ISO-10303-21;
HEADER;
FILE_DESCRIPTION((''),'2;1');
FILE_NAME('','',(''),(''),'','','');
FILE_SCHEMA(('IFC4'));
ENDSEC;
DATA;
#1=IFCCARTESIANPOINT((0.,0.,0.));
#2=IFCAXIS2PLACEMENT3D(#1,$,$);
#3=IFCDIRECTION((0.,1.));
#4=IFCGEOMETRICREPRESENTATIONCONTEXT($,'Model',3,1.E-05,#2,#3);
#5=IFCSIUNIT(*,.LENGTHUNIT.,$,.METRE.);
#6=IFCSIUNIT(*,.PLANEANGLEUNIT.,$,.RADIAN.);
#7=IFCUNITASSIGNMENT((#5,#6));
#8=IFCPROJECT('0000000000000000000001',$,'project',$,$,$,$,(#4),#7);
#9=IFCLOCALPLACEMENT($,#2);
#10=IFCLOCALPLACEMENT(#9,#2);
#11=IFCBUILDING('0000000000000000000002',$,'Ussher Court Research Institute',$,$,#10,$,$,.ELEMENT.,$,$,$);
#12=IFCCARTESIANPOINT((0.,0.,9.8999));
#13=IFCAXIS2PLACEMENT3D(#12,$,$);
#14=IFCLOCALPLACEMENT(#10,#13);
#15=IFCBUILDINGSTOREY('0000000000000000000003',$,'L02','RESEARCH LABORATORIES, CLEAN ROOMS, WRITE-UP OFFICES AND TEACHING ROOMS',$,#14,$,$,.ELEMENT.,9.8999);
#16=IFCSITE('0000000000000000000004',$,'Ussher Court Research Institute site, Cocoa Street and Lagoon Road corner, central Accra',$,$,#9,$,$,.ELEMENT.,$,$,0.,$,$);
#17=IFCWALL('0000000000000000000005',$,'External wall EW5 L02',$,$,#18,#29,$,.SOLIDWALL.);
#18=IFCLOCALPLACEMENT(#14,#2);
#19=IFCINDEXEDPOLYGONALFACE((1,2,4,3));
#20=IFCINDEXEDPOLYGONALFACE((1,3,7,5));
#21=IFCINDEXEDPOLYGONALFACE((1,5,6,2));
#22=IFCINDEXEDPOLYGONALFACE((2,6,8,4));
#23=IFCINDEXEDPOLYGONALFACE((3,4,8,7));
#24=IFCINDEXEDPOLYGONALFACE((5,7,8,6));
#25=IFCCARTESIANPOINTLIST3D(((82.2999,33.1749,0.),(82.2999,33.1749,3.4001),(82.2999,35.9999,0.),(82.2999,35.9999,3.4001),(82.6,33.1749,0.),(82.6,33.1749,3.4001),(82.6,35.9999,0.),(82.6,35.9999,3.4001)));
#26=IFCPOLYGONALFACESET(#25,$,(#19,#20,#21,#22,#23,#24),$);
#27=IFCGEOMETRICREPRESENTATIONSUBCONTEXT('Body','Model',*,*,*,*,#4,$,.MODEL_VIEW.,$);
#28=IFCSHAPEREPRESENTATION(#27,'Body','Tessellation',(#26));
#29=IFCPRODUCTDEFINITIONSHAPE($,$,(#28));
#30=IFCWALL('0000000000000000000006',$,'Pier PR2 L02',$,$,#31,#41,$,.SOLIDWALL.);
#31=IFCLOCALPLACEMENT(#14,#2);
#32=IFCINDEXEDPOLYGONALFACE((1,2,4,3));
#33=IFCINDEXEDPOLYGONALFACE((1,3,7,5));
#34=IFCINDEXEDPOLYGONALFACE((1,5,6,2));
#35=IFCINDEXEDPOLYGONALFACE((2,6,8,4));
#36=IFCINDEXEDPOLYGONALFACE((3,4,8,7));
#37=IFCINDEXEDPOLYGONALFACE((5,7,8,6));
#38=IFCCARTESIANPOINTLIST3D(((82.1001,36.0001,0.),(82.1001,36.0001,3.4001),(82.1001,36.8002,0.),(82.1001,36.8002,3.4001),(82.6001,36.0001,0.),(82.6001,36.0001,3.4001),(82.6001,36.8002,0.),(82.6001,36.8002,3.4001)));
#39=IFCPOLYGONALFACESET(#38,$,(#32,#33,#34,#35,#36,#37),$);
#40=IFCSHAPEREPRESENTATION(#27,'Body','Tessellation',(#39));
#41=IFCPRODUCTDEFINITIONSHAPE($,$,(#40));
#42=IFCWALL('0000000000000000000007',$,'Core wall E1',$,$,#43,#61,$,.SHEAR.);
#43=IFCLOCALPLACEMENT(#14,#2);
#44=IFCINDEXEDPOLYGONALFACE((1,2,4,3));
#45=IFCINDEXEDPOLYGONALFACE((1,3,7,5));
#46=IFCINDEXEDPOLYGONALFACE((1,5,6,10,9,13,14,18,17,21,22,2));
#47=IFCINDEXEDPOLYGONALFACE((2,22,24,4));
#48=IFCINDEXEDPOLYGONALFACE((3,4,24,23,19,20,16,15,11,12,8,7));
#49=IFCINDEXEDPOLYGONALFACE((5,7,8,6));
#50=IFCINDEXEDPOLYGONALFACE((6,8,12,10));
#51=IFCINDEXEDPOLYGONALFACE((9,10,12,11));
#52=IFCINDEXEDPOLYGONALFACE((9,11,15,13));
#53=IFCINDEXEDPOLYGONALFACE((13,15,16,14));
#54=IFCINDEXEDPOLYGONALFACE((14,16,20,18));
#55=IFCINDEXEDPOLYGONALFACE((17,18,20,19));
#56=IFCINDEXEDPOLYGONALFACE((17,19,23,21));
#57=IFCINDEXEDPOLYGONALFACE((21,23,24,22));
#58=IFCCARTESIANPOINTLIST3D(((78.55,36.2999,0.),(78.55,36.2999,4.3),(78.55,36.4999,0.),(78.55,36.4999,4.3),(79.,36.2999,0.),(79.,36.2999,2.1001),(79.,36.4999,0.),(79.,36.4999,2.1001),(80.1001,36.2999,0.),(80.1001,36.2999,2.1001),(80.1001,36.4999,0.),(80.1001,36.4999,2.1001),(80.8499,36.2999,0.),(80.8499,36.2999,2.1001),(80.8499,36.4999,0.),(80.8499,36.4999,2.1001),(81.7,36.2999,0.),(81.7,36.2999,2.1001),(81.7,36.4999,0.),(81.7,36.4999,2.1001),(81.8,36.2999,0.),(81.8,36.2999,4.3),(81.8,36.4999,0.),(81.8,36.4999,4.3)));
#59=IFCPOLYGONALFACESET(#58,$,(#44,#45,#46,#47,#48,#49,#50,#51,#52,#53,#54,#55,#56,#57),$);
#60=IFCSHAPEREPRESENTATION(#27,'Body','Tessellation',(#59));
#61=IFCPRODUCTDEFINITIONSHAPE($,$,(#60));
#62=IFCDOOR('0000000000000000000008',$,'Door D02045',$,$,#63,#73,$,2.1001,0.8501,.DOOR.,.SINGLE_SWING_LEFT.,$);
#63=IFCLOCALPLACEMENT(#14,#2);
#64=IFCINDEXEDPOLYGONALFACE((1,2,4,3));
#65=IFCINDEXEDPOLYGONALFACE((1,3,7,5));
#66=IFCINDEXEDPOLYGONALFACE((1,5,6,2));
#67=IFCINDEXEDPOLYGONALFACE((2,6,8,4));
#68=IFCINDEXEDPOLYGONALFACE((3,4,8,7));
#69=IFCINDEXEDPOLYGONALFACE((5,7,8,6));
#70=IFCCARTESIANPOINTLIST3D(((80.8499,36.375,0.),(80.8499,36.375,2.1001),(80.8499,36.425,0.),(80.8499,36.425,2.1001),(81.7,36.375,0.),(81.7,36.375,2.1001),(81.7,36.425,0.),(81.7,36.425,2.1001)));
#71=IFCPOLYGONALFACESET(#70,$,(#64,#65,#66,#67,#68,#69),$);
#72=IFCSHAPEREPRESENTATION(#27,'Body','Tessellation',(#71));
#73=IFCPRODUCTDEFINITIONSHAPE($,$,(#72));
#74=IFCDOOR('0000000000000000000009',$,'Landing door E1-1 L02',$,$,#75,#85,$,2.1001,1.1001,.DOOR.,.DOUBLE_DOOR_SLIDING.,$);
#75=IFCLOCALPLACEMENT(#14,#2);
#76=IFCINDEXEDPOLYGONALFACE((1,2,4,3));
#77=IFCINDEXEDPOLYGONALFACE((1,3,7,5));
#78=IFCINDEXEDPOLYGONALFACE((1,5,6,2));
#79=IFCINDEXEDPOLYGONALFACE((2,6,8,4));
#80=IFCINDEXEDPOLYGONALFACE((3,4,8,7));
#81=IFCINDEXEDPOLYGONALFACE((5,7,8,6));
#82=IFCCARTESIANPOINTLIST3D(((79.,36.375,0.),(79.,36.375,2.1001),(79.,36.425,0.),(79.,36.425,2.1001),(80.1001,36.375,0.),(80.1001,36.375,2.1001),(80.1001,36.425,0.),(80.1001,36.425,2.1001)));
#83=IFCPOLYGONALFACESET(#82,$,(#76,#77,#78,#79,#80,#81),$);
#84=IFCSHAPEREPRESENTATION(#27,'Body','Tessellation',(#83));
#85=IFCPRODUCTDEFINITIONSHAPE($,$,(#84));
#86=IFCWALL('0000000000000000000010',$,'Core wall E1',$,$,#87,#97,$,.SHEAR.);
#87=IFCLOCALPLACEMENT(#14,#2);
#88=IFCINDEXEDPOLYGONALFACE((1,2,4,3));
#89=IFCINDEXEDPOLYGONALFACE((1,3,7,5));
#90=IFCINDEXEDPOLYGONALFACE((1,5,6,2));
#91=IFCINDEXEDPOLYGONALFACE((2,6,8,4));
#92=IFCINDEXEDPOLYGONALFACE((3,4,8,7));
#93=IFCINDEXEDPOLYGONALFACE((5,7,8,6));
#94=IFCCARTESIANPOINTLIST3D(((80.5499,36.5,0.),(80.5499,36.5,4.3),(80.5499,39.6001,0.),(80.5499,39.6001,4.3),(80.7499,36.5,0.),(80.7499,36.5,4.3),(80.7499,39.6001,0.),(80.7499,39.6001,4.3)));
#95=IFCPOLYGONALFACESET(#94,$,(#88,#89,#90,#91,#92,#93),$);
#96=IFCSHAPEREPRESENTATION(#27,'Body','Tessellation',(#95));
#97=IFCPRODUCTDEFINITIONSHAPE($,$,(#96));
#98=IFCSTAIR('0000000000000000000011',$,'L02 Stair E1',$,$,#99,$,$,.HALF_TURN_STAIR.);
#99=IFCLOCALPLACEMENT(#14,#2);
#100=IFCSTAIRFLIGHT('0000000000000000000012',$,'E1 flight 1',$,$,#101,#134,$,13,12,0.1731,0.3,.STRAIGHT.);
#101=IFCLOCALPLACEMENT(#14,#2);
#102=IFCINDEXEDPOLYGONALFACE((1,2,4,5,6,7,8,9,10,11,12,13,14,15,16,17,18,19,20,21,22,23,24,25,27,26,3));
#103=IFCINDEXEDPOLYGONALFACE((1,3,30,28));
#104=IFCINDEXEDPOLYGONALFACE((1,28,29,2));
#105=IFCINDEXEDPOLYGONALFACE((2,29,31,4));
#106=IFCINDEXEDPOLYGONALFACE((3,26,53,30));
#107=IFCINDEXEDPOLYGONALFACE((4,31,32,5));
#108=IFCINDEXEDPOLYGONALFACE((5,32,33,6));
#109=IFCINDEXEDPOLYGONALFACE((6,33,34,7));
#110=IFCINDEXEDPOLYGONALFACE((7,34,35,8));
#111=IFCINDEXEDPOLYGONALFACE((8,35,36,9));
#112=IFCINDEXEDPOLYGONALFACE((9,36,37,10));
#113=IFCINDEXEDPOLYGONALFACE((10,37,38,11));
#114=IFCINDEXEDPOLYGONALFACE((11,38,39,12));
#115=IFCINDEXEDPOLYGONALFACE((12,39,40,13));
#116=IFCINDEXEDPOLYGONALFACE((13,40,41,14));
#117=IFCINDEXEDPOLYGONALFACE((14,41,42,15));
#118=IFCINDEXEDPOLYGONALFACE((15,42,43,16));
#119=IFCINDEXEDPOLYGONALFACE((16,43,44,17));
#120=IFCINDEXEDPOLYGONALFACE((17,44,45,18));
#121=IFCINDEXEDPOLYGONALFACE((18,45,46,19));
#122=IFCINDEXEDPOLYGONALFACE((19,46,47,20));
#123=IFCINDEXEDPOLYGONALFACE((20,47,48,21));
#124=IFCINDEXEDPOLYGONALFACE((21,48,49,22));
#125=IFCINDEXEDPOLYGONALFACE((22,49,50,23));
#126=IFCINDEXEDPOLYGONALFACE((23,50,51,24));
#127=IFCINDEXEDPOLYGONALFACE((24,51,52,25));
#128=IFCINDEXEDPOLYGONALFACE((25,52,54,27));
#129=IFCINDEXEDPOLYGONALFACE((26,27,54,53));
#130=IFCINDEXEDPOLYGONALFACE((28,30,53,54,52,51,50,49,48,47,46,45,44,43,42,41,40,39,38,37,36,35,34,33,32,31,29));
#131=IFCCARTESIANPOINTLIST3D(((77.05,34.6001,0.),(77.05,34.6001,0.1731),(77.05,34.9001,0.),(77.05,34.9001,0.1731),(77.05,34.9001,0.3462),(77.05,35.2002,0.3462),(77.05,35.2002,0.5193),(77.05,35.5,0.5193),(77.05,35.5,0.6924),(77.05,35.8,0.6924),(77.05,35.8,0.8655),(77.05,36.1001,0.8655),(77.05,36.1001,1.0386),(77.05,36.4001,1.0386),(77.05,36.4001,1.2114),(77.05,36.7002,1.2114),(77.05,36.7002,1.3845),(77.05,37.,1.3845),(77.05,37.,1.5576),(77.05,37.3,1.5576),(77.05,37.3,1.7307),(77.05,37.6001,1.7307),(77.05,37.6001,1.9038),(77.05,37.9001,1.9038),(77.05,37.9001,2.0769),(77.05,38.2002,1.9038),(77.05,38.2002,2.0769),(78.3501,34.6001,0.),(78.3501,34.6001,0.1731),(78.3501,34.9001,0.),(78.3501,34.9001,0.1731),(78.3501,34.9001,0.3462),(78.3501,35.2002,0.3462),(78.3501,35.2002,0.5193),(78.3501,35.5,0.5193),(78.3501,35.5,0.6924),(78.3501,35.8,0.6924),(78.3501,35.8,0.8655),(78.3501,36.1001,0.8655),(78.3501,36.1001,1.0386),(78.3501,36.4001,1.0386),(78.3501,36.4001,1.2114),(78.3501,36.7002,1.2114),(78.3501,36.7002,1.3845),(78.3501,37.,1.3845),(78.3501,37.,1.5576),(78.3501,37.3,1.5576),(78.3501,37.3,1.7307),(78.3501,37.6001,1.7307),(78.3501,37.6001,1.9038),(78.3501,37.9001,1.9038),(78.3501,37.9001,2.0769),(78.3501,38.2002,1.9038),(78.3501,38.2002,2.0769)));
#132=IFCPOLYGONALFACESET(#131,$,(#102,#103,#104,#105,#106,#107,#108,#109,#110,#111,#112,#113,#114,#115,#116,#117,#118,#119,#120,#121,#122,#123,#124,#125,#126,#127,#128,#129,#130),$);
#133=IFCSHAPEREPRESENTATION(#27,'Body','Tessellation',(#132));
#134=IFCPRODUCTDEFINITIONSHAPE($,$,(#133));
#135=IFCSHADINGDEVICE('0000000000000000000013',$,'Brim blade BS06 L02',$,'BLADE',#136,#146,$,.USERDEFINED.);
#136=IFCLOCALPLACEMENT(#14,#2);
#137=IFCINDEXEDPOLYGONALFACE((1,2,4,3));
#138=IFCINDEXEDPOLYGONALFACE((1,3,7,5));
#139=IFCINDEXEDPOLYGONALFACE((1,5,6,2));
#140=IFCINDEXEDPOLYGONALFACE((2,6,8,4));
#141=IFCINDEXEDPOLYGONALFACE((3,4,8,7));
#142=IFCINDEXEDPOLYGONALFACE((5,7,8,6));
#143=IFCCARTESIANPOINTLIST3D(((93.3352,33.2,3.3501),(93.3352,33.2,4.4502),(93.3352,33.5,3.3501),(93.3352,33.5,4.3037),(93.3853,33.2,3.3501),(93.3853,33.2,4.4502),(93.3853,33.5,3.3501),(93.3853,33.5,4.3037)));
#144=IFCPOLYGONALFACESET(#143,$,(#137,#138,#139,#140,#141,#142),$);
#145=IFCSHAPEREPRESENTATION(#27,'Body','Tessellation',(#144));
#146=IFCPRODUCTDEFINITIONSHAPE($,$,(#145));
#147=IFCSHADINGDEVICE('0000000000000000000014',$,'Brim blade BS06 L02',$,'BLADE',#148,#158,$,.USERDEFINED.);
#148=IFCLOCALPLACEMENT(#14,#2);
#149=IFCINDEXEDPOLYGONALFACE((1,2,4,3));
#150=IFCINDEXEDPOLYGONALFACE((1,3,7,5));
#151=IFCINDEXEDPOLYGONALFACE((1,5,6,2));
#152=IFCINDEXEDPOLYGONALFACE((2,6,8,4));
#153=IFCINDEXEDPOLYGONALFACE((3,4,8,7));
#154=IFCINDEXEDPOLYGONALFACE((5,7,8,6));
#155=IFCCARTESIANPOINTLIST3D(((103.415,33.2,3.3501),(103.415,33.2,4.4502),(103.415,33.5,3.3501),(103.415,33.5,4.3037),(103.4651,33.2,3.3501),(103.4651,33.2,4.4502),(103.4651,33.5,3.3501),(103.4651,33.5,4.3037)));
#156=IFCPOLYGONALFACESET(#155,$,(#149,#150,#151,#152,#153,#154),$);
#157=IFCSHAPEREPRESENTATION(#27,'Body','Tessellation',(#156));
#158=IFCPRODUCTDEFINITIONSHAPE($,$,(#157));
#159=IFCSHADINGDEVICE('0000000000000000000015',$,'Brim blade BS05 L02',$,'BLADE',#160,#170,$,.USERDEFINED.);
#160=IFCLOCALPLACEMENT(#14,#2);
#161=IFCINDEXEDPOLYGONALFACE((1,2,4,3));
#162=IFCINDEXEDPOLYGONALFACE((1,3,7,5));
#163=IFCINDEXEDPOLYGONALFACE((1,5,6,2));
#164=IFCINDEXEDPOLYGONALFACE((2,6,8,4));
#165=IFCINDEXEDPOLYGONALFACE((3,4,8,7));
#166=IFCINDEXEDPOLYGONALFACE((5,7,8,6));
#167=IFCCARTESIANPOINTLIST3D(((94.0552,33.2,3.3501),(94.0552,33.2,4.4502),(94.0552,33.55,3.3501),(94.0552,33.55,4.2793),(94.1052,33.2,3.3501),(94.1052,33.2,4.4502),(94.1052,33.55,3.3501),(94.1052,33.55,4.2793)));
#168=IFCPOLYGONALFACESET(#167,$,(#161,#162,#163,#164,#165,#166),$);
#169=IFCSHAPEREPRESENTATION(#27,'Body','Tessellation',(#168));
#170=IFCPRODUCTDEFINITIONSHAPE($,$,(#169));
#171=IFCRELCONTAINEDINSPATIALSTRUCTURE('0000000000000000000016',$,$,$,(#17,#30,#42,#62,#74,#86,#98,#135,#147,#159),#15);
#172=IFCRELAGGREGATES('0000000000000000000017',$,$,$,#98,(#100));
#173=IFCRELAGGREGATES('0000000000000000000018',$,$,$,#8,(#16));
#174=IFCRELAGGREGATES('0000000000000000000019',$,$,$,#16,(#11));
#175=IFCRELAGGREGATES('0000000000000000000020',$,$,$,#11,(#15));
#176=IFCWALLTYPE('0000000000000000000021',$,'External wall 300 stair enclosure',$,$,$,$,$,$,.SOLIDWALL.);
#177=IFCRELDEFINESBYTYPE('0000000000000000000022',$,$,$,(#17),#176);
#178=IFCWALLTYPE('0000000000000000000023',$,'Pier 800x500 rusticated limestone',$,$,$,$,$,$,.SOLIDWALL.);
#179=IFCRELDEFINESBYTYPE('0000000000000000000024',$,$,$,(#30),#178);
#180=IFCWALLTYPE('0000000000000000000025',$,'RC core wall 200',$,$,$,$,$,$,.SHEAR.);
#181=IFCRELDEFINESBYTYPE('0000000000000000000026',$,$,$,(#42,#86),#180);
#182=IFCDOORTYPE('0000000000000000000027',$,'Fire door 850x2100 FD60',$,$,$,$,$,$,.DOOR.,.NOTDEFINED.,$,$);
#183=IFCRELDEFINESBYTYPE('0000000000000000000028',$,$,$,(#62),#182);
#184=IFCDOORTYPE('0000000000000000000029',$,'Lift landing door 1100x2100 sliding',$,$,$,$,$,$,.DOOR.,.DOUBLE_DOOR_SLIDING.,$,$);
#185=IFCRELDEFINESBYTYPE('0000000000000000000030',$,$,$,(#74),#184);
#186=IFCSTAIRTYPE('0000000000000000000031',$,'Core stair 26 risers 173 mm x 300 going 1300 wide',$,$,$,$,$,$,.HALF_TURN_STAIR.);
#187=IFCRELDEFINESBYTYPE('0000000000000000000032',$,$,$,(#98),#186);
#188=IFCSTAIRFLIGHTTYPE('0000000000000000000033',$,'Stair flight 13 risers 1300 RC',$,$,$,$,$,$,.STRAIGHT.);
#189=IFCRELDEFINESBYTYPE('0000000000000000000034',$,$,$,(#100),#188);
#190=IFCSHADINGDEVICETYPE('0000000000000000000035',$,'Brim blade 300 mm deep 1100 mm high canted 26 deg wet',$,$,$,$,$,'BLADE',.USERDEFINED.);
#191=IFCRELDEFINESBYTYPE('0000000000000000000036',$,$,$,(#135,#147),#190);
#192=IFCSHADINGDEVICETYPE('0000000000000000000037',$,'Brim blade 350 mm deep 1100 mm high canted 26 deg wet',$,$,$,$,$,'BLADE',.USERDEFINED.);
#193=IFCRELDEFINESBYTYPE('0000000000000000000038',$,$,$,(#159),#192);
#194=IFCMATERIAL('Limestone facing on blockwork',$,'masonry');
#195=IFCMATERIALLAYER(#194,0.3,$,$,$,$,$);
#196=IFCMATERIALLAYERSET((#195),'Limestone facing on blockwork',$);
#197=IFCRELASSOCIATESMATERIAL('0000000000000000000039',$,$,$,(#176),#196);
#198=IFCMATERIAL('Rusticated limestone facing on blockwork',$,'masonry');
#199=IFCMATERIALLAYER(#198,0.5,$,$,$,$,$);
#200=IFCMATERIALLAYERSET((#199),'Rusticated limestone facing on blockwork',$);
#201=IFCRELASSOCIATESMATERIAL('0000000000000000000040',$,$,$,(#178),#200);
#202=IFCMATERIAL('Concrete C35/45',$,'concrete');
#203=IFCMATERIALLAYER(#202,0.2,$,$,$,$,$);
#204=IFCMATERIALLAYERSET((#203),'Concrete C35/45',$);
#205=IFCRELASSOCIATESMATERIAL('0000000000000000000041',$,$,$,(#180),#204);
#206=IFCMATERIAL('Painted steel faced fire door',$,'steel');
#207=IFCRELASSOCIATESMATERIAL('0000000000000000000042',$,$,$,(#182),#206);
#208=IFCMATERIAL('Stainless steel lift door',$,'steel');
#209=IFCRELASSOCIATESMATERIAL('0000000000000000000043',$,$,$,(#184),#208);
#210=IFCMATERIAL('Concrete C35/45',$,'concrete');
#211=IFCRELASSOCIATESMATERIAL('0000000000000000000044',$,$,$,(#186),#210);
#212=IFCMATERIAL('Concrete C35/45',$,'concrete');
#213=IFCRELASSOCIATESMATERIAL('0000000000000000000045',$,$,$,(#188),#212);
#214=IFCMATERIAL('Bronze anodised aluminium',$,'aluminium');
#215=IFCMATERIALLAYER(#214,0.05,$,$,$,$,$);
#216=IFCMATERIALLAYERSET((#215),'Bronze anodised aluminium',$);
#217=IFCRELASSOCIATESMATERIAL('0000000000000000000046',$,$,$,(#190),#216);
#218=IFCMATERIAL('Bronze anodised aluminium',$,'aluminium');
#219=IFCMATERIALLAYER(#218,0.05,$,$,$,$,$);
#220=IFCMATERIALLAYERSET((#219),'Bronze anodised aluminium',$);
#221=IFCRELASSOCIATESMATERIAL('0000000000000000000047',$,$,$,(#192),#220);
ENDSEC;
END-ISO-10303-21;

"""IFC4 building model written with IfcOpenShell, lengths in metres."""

from ifc_helpers import new_model, si_unit, direction, frame, frame_2d, origin, place, context, subcontext, project, spatial, polyline, rectangle, outline, extrude, material, layer, layer_set, type_object, element, fill, aggregate, save


model = new_model("IFC4")

# Units and contexts
model_context = context("Model", 3, precision=1e-05, world=origin(), true_north=direction((0.0, 1.0)))
body_context = subcontext(model_context, "Body", "Model", "MODEL_VIEW")
ifc_project = project(units=[si_unit("LENGTHUNIT", "METRE"), si_unit("PLANEANGLEUNIT", "RADIAN")], contexts=[model_context])

# Site, building, storey
site_placement = place(None, origin())
site = spatial("IfcSite", under=ifc_project, at=site_placement, Name="Ussher Court Research Institute site, Cocoa Street and Lagoon Road corner, central Accra", CompositionType="ELEMENT", RefElevation=0.0)
building_placement = place(site_placement, origin())
building = spatial("IfcBuilding", under=site, at=building_placement, Name="Ussher Court Research Institute", CompositionType="ELEMENT")
storey_placement = place(building_placement, frame((0.0, 0.0, 9.8999)))
storey = spatial("IfcBuildingStorey", under=building, at=storey_placement, Name="L02", Description="RESEARCH LABORATORIES, CLEAN ROOMS, WRITE-UP OFFICES AND TEACHING ROOMS", CompositionType="ELEMENT", Elevation=9.8999)

# Walls
ifc_material_1 = material(Name="Limestone facing on blockwork", Category="masonry")
ifc_layer_1 = layer(ifc_material_1, 0.3)
ifc_layer_set_1 = layer_set([ifc_layer_1], Name="Limestone facing on blockwork")
wall_type_1 = type_object("IfcWallType", Name="External wall 300 stair enclosure", PredefinedType="SOLIDWALL", material=ifc_layer_set_1)
wall_1_placement = place(storey_placement, frame((82.45, 36.0, 0.0), z_axis=(0.0, 0.0, 1.0), x_axis=(0.0, -1.0, 0.0)))
element("IfcWall", 1, at=wall_1_placement, inside=storey, type_object=wall_type_1, Name="External wall EW5 L02", PredefinedType="SOLIDWALL", context=body_context, shape_type="SweptSolid", body=[
    extrude(rectangle(XDim=2.825, YDim=0.3, at=frame_2d((1.4126, 0.0))), origin(), (0.0, 0.0, 1.0), 3.4001),
])
ifc_material_2 = material(Name="Rusticated limestone facing on blockwork", Category="masonry")
ifc_layer_2 = layer(ifc_material_2, 0.5)
ifc_layer_set_2 = layer_set([ifc_layer_2], Name="Rusticated limestone facing on blockwork")
wall_type_2 = type_object("IfcWallType", Name="Pier 800x500 rusticated limestone", PredefinedType="SOLIDWALL", material=ifc_layer_set_2)
wall_2_placement = place(storey_placement, frame((82.3501, 36.8, 0.0), z_axis=(0.0, 0.0, 1.0), x_axis=(0.0, -1.0, 0.0)))
element("IfcWall", 2, at=wall_2_placement, inside=storey, type_object=wall_type_2, Name="Pier PR2 L02", PredefinedType="SOLIDWALL", context=body_context, shape_type="SweptSolid", body=[
    extrude(rectangle(XDim=0.8, YDim=0.5, at=frame_2d((0.3999, 0.0))), origin(), (0.0, 0.0, 1.0), 3.4001),
])

# Wall, openings, doors
ifc_material_3 = material(Name="Concrete C35/45", Category="concrete")
ifc_layer_3 = layer(ifc_material_3, 0.2)
ifc_layer_set_3 = layer_set([ifc_layer_3], Name="Concrete C35/45")
wall_type_3 = type_object("IfcWallType", Name="RC core wall 200", PredefinedType="SHEAR", material=ifc_layer_set_3)
wall_3_placement = place(storey_placement, frame((81.8, 36.3999, 0.0), z_axis=(0.0, 0.0, 1.0), x_axis=(-1.0, 0.0, 0.0)))
wall_3 = element("IfcWall", 3, at=wall_3_placement, inside=storey, type_object=wall_type_3, Name="Core wall E1", PredefinedType="SHEAR", context=body_context, shape_type="SweptSolid", body=[
    extrude(rectangle(XDim=3.25, YDim=0.2, at=frame_2d((1.625, 0.0))), origin(), (0.0, 0.0, 1.0), 4.3),
])
opening_1_placement = place(wall_3_placement, frame((1.7, 0.0, 0.0)))
opening_1 = element("IfcOpeningElement", 4, at=opening_1_placement, cuts=wall_3, PredefinedType="OPENING", context=body_context, shape_type="SweptSolid", body=[
    extrude(rectangle(XDim=1.1001, YDim=2.1001, at=frame_2d((0.55, 1.05))), frame((0.0, 0.1099, 0.0), z_axis=(0.0, -1.0, 0.0), x_axis=(1.0, 0.0, 0.0)), (0.0, 0.0, 1.0), 0.22),
])
opening_2_placement = place(wall_3_placement, frame((0.1001, 0.0, 0.0)))
opening_2 = element("IfcOpeningElement", 5, at=opening_2_placement, cuts=wall_3, PredefinedType="OPENING", context=body_context, shape_type="SweptSolid", body=[
    extrude(rectangle(XDim=0.8501, YDim=2.1001, at=frame_2d((0.425, 1.05))), frame((0.0, 0.1099, 0.0), z_axis=(0.0, -1.0, 0.0), x_axis=(1.0, 0.0, 0.0)), (0.0, 0.0, 1.0), 0.22),
])
ifc_material_4 = material(Name="Painted steel faced fire door", Category="steel")
door_type_1 = type_object("IfcDoorType", Name="Fire door 850x2100 FD60", OperationType="NOTDEFINED", PredefinedType="DOOR", material=ifc_material_4)
door_1_placement = place(opening_2_placement, origin())
door_1 = element("IfcDoor", 6, at=door_1_placement, inside=storey, type_object=door_type_1, Name="Door D02045", OperationType="SINGLE_SWING_LEFT", OverallHeight=2.1001, OverallWidth=0.8501, PredefinedType="DOOR", context=body_context, shape_type="SweptSolid", body=[
    extrude(rectangle(XDim=0.8501, YDim=2.1001, at=frame_2d((0.425, 1.05))), frame((0.0, 0.0249, 0.0), z_axis=(0.0, -1.0, 0.0), x_axis=(1.0, 0.0, 0.0)), (0.0, 0.0, 1.0), 0.05),
])
fill(opening_2, door_1)
ifc_material_5 = material(Name="Stainless steel lift door", Category="steel")
door_type_2 = type_object("IfcDoorType", Name="Lift landing door 1100x2100 sliding", OperationType="DOUBLE_DOOR_SLIDING", PredefinedType="DOOR", material=ifc_material_5)
door_2_placement = place(opening_1_placement, origin())
door_2 = element("IfcDoor", 7, at=door_2_placement, inside=storey, type_object=door_type_2, Name="Landing door E1-1 L02", OperationType="DOUBLE_DOOR_SLIDING", OverallHeight=2.1001, OverallWidth=1.1001, PredefinedType="DOOR", context=body_context, shape_type="SweptSolid", body=[
    extrude(rectangle(XDim=1.1001, YDim=2.1001, at=frame_2d((0.55, 1.05))), frame((0.0, 0.0249, 0.0), z_axis=(0.0, -1.0, 0.0), x_axis=(1.0, 0.0, 0.0)), (0.0, 0.0, 1.0), 0.05),
])
fill(opening_1, door_2)

# Wall
wall_4_placement = place(storey_placement, frame((80.6499, 36.5, 0.0), z_axis=(0.0, 0.0, 1.0), x_axis=(0.0, 1.0, 0.0)))
element("IfcWall", 8, at=wall_4_placement, inside=storey, type_object=wall_type_3, Name="Core wall E1", PredefinedType="SHEAR", context=body_context, shape_type="SweptSolid", body=[
    extrude(rectangle(XDim=3.1001, YDim=0.2, at=frame_2d((1.55, 0.0))), origin(), (0.0, 0.0, 1.0), 4.3),
])

# Stair, stair flight
ifc_material_6 = material(Name="Concrete C35/45", Category="concrete")
stair_type = type_object("IfcStairType", Name="Core stair 26 risers 173 mm x 300 going 1300 wide", PredefinedType="HALF_TURN_STAIR", material=ifc_material_6)
stair_placement = place(storey_placement, origin())
stair = element("IfcStair", 9, at=stair_placement, inside=storey, type_object=stair_type, Name="L02 Stair E1", PredefinedType="HALF_TURN_STAIR")
ifc_material_7 = material(Name="Concrete C35/45", Category="concrete")
stair_flight_type = type_object("IfcStairFlightType", Name="Stair flight 13 risers 1300 RC", PredefinedType="STRAIGHT", material=ifc_material_7)
stair_flight_placement = place(storey_placement, frame((77.7, 34.6001, 0.0), z_axis=(0.0, 0.0, 1.0), x_axis=(0.0, 1.0, 0.0)))
stair_flight = element("IfcStairFlight", 10, at=stair_flight_placement, type_object=stair_flight_type, Name="E1 flight 1", NumberOfRisers=13, NumberOfTreads=12, PredefinedType="STRAIGHT", RiserHeight=0.1731, TreadLength=0.3, context=body_context, shape_type="SweptSolid", body=[
    extrude(outline(polyline([(0.0, 0.0), (0.0, 0.1731), (0.3, 0.1731), (0.3, 0.3462), (0.6001, 0.3462), (0.6001, 0.5193), (0.8999, 0.5193), (0.8999, 0.6924), (1.2, 0.6924), (1.2, 0.8655), (1.5, 0.8655), (1.5, 1.0386), (1.8, 1.0386), (1.8, 1.2114), (2.1001, 1.2114), (2.1001, 1.3845), (2.3999, 1.3845), (2.3999, 1.5576), (2.7, 1.5576), (2.7, 1.7307), (3.0, 1.7307), (3.0, 1.9038), (3.3, 1.9038), (3.3, 2.0769), (3.6001, 2.0769), (3.6001, 2.25), (3.6001, 1.9038), (0.3, 0.0), (0.0, 0.0)])), frame((0.0, 0.6499, 0.0), z_axis=(0.0, -1.0, 0.0), x_axis=(1.0, 0.0, 0.0)), (0.0, 0.0, 1.0), 1.3),
])
aggregate(stair, [stair_flight])

# Shading devices
ifc_material_8 = material(Name="Bronze anodised aluminium", Category="aluminium")
ifc_layer_4 = layer(ifc_material_8, 0.05)
ifc_layer_set_4 = layer_set([ifc_layer_4], Name="Bronze anodised aluminium")
shading_device_type_1 = type_object("IfcShadingDeviceType", Name="Brim blade 300 mm deep 1100 mm high canted 26 deg wet", ElementType="BLADE", PredefinedType="USERDEFINED", material=ifc_layer_set_4)
for number, where, z_axis, x_axis, name in (
    (11, (93.3601, 33.2, 3.3501), (0.0, 0.0, 1.0), (0.0, 1.0, 0.0), "Brim blade BS06 L02"),
    (12, (103.4399, 33.2, 3.3501), (0.0, 0.0, 1.0), (0.0, 1.0, 0.0), "Brim blade BS06 L02"),
):
    element("IfcShadingDevice", number, at=place(storey_placement, frame(where, z_axis=z_axis, x_axis=x_axis)), inside=storey, type_object=shading_device_type_1, Name=name, ObjectType="BLADE", PredefinedType="USERDEFINED", context=body_context, shape_type="SweptSolid", body=[
        extrude(outline(polyline([(0.0, 0.0), (0.3, 0.0), (0.3, 0.9536), (0.0, 1.1001), (0.0, 0.0)])), frame((0.0, 0.0249, 0.0), z_axis=(0.0, -1.0, 0.0), x_axis=(1.0, 0.0, 0.0)), (0.0, 0.0, 1.0), 0.05),
    ])
ifc_material_9 = material(Name="Bronze anodised aluminium", Category="aluminium")
ifc_layer_5 = layer(ifc_material_9, 0.05)
ifc_layer_set_5 = layer_set([ifc_layer_5], Name="Bronze anodised aluminium")
shading_device_type_2 = type_object("IfcShadingDeviceType", Name="Brim blade 350 mm deep 1100 mm high canted 26 deg wet", ElementType="BLADE", PredefinedType="USERDEFINED", material=ifc_layer_set_5)
for number, where, z_axis, x_axis, name in (
    (13, (94.0801, 33.2, 3.3501), (0.0, 0.0, 1.0), (0.0, 1.0, 0.0), "Brim blade BS05 L02"),
):
    element("IfcShadingDevice", number, at=place(storey_placement, frame(where, z_axis=z_axis, x_axis=x_axis)), inside=storey, type_object=shading_device_type_2, Name=name, ObjectType="BLADE", PredefinedType="USERDEFINED", context=body_context, shape_type="SweptSolid", body=[
        extrude(outline(polyline([(0.0, 0.0), (0.3501, 0.0), (0.3501, 0.9292), (0.0, 1.1001), (0.0, 0.0)])), frame((0.0, 0.0249, 0.0), z_axis=(0.0, -1.0, 0.0), x_axis=(1.0, 0.0, 0.0)), (0.0, 0.0, 1.0), 0.05),
    ])

save(model, "model.ifc")
